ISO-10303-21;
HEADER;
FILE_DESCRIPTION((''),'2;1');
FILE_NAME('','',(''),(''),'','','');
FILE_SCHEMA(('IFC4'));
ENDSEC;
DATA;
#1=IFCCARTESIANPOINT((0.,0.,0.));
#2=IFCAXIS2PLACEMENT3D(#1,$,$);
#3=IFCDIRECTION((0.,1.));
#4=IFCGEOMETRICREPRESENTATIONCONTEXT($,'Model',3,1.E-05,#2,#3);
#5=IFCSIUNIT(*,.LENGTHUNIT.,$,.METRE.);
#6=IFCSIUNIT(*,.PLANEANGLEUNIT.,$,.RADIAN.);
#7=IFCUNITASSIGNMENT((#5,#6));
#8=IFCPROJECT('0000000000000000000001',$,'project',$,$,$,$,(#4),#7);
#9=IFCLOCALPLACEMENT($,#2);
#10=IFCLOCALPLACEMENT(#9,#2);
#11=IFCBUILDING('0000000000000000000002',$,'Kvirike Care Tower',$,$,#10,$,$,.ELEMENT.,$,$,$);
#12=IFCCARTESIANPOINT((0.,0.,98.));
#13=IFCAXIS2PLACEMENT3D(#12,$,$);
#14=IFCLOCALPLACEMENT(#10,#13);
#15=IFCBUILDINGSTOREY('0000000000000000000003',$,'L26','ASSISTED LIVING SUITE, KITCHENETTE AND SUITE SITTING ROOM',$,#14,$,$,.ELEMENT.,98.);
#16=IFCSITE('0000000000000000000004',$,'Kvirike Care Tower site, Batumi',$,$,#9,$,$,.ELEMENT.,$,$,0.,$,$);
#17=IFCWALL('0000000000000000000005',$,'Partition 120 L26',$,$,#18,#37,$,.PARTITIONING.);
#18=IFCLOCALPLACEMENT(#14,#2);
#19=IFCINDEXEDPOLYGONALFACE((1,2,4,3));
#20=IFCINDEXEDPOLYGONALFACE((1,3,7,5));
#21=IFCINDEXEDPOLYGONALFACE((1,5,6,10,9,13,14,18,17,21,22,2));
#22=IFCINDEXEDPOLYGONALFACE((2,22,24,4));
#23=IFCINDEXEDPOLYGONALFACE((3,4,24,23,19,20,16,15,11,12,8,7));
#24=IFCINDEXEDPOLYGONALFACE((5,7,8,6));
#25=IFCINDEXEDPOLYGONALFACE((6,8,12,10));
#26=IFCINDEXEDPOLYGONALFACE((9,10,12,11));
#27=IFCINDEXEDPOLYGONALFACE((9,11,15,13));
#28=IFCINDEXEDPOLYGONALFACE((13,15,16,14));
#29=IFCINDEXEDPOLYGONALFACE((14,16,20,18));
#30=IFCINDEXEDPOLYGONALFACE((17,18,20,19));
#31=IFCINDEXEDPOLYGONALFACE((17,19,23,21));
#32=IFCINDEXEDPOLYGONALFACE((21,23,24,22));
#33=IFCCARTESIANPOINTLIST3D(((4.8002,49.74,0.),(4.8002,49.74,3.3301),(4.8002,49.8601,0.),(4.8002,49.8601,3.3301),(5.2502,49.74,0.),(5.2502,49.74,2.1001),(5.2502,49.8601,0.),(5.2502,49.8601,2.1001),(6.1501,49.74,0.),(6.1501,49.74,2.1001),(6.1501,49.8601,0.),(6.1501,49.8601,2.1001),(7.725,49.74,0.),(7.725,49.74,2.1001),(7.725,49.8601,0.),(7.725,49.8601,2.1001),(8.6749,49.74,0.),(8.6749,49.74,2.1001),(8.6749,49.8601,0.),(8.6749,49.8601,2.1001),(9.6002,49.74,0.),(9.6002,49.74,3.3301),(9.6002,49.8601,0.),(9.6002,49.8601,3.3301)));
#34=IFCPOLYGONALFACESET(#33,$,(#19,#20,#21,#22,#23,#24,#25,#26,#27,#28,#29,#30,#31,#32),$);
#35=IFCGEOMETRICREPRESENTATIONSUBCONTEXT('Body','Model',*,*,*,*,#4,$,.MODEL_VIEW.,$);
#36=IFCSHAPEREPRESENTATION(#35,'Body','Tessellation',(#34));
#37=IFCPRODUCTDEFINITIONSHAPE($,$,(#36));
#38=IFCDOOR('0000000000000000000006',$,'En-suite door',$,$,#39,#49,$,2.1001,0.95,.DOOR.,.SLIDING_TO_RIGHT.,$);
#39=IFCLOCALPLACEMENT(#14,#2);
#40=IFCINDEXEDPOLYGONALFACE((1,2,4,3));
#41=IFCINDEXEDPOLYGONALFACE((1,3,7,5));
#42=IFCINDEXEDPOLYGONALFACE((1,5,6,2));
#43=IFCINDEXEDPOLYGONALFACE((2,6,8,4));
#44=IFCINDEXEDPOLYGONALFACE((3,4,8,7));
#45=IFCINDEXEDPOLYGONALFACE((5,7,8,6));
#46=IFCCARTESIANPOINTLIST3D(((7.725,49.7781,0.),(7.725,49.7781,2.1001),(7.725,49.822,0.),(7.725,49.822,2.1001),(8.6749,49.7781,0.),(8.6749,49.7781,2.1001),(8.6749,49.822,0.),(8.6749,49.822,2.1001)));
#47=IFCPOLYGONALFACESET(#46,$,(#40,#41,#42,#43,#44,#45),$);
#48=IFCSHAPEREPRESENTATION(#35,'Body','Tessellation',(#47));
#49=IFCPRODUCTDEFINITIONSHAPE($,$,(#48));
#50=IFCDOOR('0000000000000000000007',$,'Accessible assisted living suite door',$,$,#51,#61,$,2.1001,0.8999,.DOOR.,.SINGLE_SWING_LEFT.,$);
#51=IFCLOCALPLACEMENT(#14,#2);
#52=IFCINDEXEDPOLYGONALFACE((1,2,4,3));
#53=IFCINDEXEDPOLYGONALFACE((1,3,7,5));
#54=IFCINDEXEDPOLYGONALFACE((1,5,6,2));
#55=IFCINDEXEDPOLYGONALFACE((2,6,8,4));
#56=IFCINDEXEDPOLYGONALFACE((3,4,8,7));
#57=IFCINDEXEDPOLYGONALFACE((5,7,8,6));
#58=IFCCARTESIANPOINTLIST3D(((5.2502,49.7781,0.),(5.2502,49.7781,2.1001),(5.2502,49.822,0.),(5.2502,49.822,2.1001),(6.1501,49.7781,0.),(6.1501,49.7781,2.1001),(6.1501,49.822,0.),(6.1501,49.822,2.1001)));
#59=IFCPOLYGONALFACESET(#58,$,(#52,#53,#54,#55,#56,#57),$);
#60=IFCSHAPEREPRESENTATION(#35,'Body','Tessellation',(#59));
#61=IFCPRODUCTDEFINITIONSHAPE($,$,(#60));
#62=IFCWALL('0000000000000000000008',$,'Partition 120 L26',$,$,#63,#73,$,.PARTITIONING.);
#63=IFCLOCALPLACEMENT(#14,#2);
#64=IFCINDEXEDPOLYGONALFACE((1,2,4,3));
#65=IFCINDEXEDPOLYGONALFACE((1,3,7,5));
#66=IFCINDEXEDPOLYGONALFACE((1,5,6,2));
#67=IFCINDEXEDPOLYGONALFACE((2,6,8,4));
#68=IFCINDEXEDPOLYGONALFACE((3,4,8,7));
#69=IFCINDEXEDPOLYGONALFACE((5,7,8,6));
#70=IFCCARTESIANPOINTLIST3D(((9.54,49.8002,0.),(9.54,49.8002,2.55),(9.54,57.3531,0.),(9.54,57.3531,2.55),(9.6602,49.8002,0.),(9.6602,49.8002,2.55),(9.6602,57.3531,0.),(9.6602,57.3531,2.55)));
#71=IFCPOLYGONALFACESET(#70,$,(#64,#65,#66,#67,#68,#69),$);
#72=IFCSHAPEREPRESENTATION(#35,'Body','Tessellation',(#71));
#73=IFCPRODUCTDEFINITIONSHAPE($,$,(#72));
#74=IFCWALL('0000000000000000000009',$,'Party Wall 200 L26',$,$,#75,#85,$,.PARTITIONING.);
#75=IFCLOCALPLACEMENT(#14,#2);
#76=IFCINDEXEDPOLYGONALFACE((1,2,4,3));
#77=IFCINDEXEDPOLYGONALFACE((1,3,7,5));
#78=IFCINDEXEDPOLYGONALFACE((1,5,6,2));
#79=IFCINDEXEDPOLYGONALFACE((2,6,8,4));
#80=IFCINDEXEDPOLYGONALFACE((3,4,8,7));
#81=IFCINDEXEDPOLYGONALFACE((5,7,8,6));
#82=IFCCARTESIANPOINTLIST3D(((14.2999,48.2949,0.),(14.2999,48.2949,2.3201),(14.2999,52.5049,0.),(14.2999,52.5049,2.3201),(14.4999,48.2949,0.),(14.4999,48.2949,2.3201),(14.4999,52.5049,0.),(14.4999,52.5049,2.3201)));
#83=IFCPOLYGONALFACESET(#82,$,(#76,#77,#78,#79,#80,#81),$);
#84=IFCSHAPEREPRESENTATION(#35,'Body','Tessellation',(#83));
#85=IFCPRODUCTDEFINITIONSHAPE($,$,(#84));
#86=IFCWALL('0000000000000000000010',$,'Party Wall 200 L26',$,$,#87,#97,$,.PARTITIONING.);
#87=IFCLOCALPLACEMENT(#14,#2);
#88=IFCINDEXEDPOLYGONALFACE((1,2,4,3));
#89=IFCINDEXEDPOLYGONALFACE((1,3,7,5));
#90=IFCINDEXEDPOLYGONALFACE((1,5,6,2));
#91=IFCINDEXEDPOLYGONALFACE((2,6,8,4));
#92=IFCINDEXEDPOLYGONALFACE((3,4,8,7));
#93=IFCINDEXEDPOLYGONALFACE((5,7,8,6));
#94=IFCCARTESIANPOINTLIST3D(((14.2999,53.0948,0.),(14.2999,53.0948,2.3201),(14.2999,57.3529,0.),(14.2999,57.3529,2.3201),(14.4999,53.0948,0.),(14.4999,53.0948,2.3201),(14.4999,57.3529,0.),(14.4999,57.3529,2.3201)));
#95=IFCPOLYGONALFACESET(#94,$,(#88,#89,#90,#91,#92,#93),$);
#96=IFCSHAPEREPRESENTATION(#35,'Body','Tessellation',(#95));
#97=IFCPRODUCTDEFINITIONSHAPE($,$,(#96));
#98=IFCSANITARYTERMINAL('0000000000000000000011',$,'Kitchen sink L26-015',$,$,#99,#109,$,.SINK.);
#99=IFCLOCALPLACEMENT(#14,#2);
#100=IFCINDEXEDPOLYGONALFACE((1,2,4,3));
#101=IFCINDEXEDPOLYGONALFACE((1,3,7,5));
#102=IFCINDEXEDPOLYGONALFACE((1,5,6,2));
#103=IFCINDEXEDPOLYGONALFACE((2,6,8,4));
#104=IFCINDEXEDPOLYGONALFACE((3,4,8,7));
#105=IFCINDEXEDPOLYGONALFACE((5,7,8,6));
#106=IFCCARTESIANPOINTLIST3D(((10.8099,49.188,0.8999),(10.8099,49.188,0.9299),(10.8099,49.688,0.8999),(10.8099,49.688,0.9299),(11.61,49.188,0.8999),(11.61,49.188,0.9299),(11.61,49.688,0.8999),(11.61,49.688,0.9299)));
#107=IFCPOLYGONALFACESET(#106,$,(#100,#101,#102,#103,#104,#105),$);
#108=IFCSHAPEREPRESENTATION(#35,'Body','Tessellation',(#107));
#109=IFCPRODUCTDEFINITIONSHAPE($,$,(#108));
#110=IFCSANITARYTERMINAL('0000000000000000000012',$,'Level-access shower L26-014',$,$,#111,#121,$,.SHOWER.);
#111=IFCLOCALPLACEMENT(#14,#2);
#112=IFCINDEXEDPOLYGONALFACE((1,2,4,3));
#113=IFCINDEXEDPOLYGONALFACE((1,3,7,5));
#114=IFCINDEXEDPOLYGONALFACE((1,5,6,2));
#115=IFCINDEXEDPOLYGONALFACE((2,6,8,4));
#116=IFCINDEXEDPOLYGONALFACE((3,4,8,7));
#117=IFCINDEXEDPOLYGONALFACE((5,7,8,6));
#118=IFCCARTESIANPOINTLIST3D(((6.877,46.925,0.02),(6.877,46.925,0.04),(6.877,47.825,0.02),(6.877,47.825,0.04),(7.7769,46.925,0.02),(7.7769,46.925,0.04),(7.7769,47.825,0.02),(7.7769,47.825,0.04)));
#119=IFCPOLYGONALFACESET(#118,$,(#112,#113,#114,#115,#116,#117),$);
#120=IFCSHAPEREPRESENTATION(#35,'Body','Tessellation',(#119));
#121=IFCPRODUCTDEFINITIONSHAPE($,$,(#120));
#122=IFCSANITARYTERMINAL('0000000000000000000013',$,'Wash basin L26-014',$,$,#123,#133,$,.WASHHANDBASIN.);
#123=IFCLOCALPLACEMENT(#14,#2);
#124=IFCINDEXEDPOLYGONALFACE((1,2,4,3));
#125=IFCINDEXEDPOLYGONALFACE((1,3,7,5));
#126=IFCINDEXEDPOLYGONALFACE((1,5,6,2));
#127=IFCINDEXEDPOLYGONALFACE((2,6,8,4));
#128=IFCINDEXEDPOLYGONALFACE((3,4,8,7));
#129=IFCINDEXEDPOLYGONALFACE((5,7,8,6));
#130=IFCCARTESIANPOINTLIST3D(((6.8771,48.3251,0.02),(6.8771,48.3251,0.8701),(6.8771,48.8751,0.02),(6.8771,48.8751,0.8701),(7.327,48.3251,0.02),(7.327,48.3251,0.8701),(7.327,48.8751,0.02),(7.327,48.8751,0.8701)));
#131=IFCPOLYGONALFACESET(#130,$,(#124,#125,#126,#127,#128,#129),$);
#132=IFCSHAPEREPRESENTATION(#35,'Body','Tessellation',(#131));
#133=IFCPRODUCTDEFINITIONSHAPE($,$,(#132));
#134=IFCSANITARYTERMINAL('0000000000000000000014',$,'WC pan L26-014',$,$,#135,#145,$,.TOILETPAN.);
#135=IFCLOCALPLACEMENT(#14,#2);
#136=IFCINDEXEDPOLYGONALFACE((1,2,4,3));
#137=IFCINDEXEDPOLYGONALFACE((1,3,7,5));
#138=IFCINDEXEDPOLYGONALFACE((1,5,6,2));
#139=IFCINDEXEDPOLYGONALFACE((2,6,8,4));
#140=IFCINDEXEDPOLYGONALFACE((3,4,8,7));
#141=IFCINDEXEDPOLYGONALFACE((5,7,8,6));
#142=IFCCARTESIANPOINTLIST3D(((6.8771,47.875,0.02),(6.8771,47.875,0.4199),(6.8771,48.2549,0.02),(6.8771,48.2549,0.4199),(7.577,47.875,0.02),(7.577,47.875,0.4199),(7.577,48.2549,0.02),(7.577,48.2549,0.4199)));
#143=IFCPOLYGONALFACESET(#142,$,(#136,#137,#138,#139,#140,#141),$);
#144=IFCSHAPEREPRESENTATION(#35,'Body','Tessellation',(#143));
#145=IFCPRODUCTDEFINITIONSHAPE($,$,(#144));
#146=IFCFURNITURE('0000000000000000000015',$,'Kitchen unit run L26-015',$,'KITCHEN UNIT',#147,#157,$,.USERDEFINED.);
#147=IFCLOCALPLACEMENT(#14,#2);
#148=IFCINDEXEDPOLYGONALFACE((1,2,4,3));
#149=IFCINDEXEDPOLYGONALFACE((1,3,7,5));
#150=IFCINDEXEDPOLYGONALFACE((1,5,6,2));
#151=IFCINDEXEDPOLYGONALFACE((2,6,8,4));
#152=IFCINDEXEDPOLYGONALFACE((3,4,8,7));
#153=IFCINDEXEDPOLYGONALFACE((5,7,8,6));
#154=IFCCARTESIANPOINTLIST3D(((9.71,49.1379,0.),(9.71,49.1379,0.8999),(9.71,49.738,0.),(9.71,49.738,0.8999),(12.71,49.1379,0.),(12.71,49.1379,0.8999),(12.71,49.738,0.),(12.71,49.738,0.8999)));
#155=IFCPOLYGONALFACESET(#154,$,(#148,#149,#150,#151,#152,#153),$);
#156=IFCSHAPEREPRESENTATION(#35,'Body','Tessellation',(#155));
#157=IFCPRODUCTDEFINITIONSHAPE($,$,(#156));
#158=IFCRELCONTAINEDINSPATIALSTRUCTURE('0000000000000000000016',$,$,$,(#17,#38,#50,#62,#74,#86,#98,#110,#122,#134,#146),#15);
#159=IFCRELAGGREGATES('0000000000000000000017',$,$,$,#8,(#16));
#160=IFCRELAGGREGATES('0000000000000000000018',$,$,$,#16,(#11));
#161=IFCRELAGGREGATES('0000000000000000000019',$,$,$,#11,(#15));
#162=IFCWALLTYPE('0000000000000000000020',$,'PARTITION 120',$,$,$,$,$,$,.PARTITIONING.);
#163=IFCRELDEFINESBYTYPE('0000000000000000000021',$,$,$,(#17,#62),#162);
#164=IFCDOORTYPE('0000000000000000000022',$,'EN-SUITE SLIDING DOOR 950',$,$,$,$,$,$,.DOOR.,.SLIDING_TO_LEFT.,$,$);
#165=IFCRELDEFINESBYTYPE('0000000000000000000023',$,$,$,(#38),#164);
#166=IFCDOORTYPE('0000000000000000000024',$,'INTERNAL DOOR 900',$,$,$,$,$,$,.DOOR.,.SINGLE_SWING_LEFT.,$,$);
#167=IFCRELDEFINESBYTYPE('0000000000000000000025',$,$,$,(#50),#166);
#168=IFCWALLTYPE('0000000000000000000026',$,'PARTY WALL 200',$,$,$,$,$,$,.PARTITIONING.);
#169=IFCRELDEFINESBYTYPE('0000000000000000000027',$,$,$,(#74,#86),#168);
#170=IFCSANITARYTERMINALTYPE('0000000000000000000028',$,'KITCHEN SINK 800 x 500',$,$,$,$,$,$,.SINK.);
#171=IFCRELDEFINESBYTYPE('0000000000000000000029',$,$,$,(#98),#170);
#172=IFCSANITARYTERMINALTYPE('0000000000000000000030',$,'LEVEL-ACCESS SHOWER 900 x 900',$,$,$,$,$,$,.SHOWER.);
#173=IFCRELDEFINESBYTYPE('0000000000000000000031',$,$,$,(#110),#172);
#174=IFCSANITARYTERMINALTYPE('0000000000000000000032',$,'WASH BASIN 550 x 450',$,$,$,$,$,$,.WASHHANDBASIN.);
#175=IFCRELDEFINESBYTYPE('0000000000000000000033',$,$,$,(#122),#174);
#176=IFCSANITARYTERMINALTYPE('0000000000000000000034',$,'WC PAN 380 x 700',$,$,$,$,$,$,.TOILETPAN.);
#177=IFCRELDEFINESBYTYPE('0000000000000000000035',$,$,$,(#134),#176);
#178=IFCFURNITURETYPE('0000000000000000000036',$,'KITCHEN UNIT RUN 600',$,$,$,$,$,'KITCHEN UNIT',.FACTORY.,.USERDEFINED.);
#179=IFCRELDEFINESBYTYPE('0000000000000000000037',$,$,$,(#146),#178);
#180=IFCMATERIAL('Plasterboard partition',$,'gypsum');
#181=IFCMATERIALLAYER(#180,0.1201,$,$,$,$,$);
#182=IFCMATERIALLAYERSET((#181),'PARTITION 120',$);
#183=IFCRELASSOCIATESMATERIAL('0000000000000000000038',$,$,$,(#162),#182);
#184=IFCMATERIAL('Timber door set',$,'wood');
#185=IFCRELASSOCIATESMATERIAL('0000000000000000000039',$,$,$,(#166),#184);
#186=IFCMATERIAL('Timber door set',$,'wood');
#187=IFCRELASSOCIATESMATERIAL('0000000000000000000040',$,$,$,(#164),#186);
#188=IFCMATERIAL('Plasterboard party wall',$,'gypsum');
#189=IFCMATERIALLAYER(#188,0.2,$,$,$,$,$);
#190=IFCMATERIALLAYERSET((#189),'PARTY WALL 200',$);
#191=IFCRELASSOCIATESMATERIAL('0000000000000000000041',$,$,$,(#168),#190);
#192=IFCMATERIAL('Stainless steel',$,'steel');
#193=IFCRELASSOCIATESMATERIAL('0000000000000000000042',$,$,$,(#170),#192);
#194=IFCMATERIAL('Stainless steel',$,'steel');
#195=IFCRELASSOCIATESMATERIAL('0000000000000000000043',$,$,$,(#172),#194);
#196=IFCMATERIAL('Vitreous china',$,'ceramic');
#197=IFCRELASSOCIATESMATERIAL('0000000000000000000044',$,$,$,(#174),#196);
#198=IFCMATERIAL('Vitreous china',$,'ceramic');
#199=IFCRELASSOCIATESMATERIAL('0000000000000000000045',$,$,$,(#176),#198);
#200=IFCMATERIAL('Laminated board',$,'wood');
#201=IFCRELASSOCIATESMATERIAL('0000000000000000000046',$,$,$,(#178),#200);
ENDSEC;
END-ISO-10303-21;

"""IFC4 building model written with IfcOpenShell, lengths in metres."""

from ifc_helpers import new_model, si_unit, direction, frame, frame_2d, origin, origin_2d, place, context, subcontext, project, spatial, rectangle, extrude, material, layer, layer_set, type_object, element, fill, save


model = new_model("IFC4")

# Units and contexts
model_context = context("Model", 3, precision=1e-05, world=origin(), true_north=direction((0.0, 1.0)))
body_context = subcontext(model_context, "Body", "Model", "MODEL_VIEW")
ifc_project = project(units=[si_unit("LENGTHUNIT", "METRE"), si_unit("PLANEANGLEUNIT", "RADIAN")], contexts=[model_context])

# Site, building, storey
site_placement = place(None, origin())
site = spatial("IfcSite", under=ifc_project, at=site_placement, Name="Kvirike Care Tower site, Batumi", CompositionType="ELEMENT", RefElevation=0.0)
building_placement = place(site_placement, origin())
building = spatial("IfcBuilding", under=site, at=building_placement, Name="Kvirike Care Tower", CompositionType="ELEMENT")
storey_placement = place(building_placement, frame((0.0, 0.0, 98.0)))
storey = spatial("IfcBuildingStorey", under=building, at=storey_placement, Name="L26", Description="ASSISTED LIVING SUITE, KITCHENETTE AND SUITE SITTING ROOM", CompositionType="ELEMENT", Elevation=98.0)

# Shared definitions
ifc_material_1 = material(Name="Plasterboard partition", Category="gypsum")
ifc_layer_1 = layer(ifc_material_1, 0.1201)
ifc_layer_set_1 = layer_set([ifc_layer_1], Name="PARTITION 120")
wall_type_1 = type_object("IfcWallType", Name="PARTITION 120", PredefinedType="PARTITIONING", material=ifc_layer_set_1)
ifc_material_2 = material(Name="Timber door set", Category="wood")
door_type_1 = type_object("IfcDoorType", Name="INTERNAL DOOR 900", OperationType="SINGLE_SWING_LEFT", PredefinedType="DOOR", material=ifc_material_2)

# Wall, openings, doors
wall_1_placement = place(storey_placement, frame((9.6001, 49.8, 0.0), z_axis=(0.0, 0.0, 1.0), x_axis=(-1.0, 0.0, 0.0)))
wall_1 = element("IfcWall", 1, at=wall_1_placement, inside=storey, type_object=wall_type_1, Name="Partition 120 L26", PredefinedType="PARTITIONING", context=body_context, shape_type="SweptSolid", body=[
    extrude(rectangle(XDim=4.8, YDim=0.1201, at=frame_2d((2.3999, 0.0))), origin(), (0.0, 0.0, 1.0), 3.3301),
])
opening_1_placement = place(wall_1_placement, frame((3.45, 0.0, 0.0)))
opening_1 = element("IfcOpeningElement", 2, at=opening_1_placement, cuts=wall_1, PredefinedType="OPENING", context=body_context, shape_type="SweptSolid", body=[
    extrude(rectangle(XDim=0.8999, YDim=2.1001, at=frame_2d((0.45, 1.05))), frame((0.0, 0.0706, 0.0), z_axis=(0.0, -1.0, 0.0), x_axis=(1.0, 0.0, 0.0)), (0.0, 0.0, 1.0), 0.1411),
])
opening_2_placement = place(wall_1_placement, frame((0.925, 0.0, 0.0)))
opening_2 = element("IfcOpeningElement", 3, at=opening_2_placement, cuts=wall_1, PredefinedType="OPENING", context=body_context, shape_type="SweptSolid", body=[
    extrude(rectangle(XDim=0.95, YDim=2.1001, at=frame_2d((0.4751, 1.05))), frame((0.0, 0.0706, 0.0), z_axis=(0.0, -1.0, 0.0), x_axis=(1.0, 0.0, 0.0)), (0.0, 0.0, 1.0), 0.1411),
])
ifc_material_3 = material(Name="Timber door set", Category="wood")
door_type_2 = type_object("IfcDoorType", Name="EN-SUITE SLIDING DOOR 950", OperationType="SLIDING_TO_LEFT", PredefinedType="DOOR", material=ifc_material_3)
door_1_placement = place(opening_2_placement, origin())
door_1 = element("IfcDoor", 4, at=door_1_placement, inside=storey, type_object=door_type_2, Name="En-suite door", OperationType="SLIDING_TO_RIGHT", OverallHeight=2.1001, OverallWidth=0.95, PredefinedType="DOOR", context=body_context, shape_type="SweptSolid", body=[
    extrude(rectangle(XDim=0.95, YDim=2.1001, at=frame_2d((0.4751, 1.05))), frame((0.0, 0.022, 0.0), z_axis=(0.0, -1.0, 0.0), x_axis=(1.0, 0.0, 0.0)), (0.0, 0.0, 1.0), 0.0439),
])
fill(opening_2, door_1)
door_2_placement = place(opening_1_placement, origin())
door_2 = element("IfcDoor", 5, at=door_2_placement, inside=storey, type_object=door_type_1, Name="Accessible assisted living suite door", OperationType="SINGLE_SWING_LEFT", OverallHeight=2.1001, OverallWidth=0.8999, PredefinedType="DOOR", context=body_context, shape_type="SweptSolid", body=[
    extrude(rectangle(XDim=0.8999, YDim=2.1001, at=frame_2d((0.45, 1.05))), frame((0.0, 0.022, 0.0), z_axis=(0.0, -1.0, 0.0), x_axis=(1.0, 0.0, 0.0)), (0.0, 0.0, 1.0), 0.0439),
])
fill(opening_1, door_2)

# Walls
wall_2_placement = place(storey_placement, frame((9.6001, 57.353, 0.0), z_axis=(0.0, 0.0, 1.0), x_axis=(0.0, -1.0, 0.0)))
element("IfcWall", 6, at=wall_2_placement, inside=storey, type_object=wall_type_1, Name="Partition 120 L26", PredefinedType="PARTITIONING", context=body_context, shape_type="SweptSolid", body=[
    extrude(rectangle(XDim=7.553, YDim=0.1201, at=frame_2d((3.7764, 0.0))), origin(), (0.0, 0.0, 1.0), 2.55),
])
ifc_material_4 = material(Name="Plasterboard party wall", Category="gypsum")
ifc_layer_2 = layer(ifc_material_4, 0.2)
ifc_layer_set_2 = layer_set([ifc_layer_2], Name="PARTY WALL 200")
wall_type_2 = type_object("IfcWallType", Name="PARTY WALL 200", PredefinedType="PARTITIONING", material=ifc_layer_set_2)
wall_3_placement = place(storey_placement, frame((14.3999, 48.2949, 0.0), z_axis=(0.0, 0.0, 1.0), x_axis=(0.0, 1.0, 0.0)))
element("IfcWall", 7, at=wall_3_placement, inside=storey, type_object=wall_type_2, Name="Party Wall 200 L26", PredefinedType="PARTITIONING", context=body_context, shape_type="SweptSolid", body=[
    extrude(rectangle(XDim=4.21, YDim=0.2, at=frame_2d((2.105, 0.0))), origin(), (0.0, 0.0, 1.0), 2.3201),
])
wall_4_placement = place(storey_placement, frame((14.3999, 53.095, 0.0), z_axis=(0.0, 0.0, 1.0), x_axis=(0.0, 1.0, 0.0)))
element("IfcWall", 8, at=wall_4_placement, inside=storey, type_object=wall_type_2, Name="Party Wall 200 L26", PredefinedType="PARTITIONING", context=body_context, shape_type="SweptSolid", body=[
    extrude(rectangle(XDim=4.2581, YDim=0.2, at=frame_2d((2.1289, 0.0))), origin(), (0.0, 0.0, 1.0), 2.3201),
])

# Sanitary terminals
ifc_material_5 = material(Name="Stainless steel", Category="steel")
sanitary_terminal_type_1 = type_object("IfcSanitaryTerminalType", Name="KITCHEN SINK 800 x 500", PredefinedType="SINK", material=ifc_material_5)
sanitary_terminal_1_placement = place(storey_placement, frame((11.21, 49.438, 0.8999), z_axis=(0.0, 0.0, 1.0), x_axis=(1.0, 0.0, 0.0)))
element("IfcSanitaryTerminal", 9, at=sanitary_terminal_1_placement, inside=storey, type_object=sanitary_terminal_type_1, Name="Kitchen sink L26-015", PredefinedType="SINK", context=body_context, shape_type="SweptSolid", body=[
    extrude(rectangle(XDim=0.8, YDim=0.5, at=origin_2d()), origin(), (0.0, 0.0, 1.0), 0.03),
])
ifc_material_6 = material(Name="Stainless steel", Category="steel")
sanitary_terminal_type_2 = type_object("IfcSanitaryTerminalType", Name="LEVEL-ACCESS SHOWER 900 x 900", PredefinedType="SHOWER", material=ifc_material_6)
sanitary_terminal_2_placement = place(storey_placement, frame((7.3269, 47.375, 0.02), z_axis=(0.0, 0.0, 1.0), x_axis=(0.0, 1.0, 0.0)))
element("IfcSanitaryTerminal", 10, at=sanitary_terminal_2_placement, inside=storey, type_object=sanitary_terminal_type_2, Name="Level-access shower L26-014", PredefinedType="SHOWER", context=body_context, shape_type="SweptSolid", body=[
    extrude(rectangle(XDim=0.8999, YDim=0.8999, at=origin_2d()), origin(), (0.0, 0.0, 1.0), 0.02),
])
ifc_material_7 = material(Name="Vitreous china", Category="ceramic")
sanitary_terminal_type_3 = type_object("IfcSanitaryTerminalType", Name="WASH BASIN 550 x 450", PredefinedType="WASHHANDBASIN", material=ifc_material_7)
sanitary_terminal_3_placement = place(storey_placement, frame((7.1021, 48.6001, 0.02), z_axis=(0.0, 0.0, 1.0), x_axis=(0.0, 1.0, 0.0)))
element("IfcSanitaryTerminal", 11, at=sanitary_terminal_3_placement, inside=storey, type_object=sanitary_terminal_type_3, Name="Wash basin L26-014", PredefinedType="WASHHANDBASIN", context=body_context, shape_type="SweptSolid", body=[
    extrude(rectangle(XDim=0.55, YDim=0.45, at=origin_2d()), origin(), (0.0, 0.0, 1.0), 0.8501),
])
ifc_material_8 = material(Name="Vitreous china", Category="ceramic")
sanitary_terminal_type_4 = type_object("IfcSanitaryTerminalType", Name="WC PAN 380 x 700", PredefinedType="TOILETPAN", material=ifc_material_8)
sanitary_terminal_4_placement = place(storey_placement, frame((7.2271, 48.0649, 0.02), z_axis=(0.0, 0.0, 1.0), x_axis=(0.0, 1.0, 0.0)))
element("IfcSanitaryTerminal", 12, at=sanitary_terminal_4_placement, inside=storey, type_object=sanitary_terminal_type_4, Name="WC pan L26-014", PredefinedType="TOILETPAN", context=body_context, shape_type="SweptSolid", body=[
    extrude(rectangle(XDim=0.3799, YDim=0.7, at=origin_2d()), origin(), (0.0, 0.0, 1.0), 0.3999),
])

# Furniture
ifc_material_9 = material(Name="Laminated board", Category="wood")
furniture_type = type_object("IfcFurnitureType", Name="KITCHEN UNIT RUN 600", ElementType="KITCHEN UNIT", AssemblyPlace="FACTORY", PredefinedType="USERDEFINED", material=ifc_material_9)
furniture_placement = place(storey_placement, frame((11.21, 49.438, 0.0), z_axis=(0.0, 0.0, 1.0), x_axis=(1.0, 0.0, 0.0)))
element("IfcFurniture", 13, at=furniture_placement, inside=storey, type_object=furniture_type, Name="Kitchen unit run L26-015", ObjectType="KITCHEN UNIT", PredefinedType="USERDEFINED", context=body_context, shape_type="SweptSolid", body=[
    extrude(rectangle(XDim=3.0, YDim=0.6001, at=origin_2d()), origin(), (0.0, 0.0, 1.0), 0.8999),
])

save(model, "model.ifc")
